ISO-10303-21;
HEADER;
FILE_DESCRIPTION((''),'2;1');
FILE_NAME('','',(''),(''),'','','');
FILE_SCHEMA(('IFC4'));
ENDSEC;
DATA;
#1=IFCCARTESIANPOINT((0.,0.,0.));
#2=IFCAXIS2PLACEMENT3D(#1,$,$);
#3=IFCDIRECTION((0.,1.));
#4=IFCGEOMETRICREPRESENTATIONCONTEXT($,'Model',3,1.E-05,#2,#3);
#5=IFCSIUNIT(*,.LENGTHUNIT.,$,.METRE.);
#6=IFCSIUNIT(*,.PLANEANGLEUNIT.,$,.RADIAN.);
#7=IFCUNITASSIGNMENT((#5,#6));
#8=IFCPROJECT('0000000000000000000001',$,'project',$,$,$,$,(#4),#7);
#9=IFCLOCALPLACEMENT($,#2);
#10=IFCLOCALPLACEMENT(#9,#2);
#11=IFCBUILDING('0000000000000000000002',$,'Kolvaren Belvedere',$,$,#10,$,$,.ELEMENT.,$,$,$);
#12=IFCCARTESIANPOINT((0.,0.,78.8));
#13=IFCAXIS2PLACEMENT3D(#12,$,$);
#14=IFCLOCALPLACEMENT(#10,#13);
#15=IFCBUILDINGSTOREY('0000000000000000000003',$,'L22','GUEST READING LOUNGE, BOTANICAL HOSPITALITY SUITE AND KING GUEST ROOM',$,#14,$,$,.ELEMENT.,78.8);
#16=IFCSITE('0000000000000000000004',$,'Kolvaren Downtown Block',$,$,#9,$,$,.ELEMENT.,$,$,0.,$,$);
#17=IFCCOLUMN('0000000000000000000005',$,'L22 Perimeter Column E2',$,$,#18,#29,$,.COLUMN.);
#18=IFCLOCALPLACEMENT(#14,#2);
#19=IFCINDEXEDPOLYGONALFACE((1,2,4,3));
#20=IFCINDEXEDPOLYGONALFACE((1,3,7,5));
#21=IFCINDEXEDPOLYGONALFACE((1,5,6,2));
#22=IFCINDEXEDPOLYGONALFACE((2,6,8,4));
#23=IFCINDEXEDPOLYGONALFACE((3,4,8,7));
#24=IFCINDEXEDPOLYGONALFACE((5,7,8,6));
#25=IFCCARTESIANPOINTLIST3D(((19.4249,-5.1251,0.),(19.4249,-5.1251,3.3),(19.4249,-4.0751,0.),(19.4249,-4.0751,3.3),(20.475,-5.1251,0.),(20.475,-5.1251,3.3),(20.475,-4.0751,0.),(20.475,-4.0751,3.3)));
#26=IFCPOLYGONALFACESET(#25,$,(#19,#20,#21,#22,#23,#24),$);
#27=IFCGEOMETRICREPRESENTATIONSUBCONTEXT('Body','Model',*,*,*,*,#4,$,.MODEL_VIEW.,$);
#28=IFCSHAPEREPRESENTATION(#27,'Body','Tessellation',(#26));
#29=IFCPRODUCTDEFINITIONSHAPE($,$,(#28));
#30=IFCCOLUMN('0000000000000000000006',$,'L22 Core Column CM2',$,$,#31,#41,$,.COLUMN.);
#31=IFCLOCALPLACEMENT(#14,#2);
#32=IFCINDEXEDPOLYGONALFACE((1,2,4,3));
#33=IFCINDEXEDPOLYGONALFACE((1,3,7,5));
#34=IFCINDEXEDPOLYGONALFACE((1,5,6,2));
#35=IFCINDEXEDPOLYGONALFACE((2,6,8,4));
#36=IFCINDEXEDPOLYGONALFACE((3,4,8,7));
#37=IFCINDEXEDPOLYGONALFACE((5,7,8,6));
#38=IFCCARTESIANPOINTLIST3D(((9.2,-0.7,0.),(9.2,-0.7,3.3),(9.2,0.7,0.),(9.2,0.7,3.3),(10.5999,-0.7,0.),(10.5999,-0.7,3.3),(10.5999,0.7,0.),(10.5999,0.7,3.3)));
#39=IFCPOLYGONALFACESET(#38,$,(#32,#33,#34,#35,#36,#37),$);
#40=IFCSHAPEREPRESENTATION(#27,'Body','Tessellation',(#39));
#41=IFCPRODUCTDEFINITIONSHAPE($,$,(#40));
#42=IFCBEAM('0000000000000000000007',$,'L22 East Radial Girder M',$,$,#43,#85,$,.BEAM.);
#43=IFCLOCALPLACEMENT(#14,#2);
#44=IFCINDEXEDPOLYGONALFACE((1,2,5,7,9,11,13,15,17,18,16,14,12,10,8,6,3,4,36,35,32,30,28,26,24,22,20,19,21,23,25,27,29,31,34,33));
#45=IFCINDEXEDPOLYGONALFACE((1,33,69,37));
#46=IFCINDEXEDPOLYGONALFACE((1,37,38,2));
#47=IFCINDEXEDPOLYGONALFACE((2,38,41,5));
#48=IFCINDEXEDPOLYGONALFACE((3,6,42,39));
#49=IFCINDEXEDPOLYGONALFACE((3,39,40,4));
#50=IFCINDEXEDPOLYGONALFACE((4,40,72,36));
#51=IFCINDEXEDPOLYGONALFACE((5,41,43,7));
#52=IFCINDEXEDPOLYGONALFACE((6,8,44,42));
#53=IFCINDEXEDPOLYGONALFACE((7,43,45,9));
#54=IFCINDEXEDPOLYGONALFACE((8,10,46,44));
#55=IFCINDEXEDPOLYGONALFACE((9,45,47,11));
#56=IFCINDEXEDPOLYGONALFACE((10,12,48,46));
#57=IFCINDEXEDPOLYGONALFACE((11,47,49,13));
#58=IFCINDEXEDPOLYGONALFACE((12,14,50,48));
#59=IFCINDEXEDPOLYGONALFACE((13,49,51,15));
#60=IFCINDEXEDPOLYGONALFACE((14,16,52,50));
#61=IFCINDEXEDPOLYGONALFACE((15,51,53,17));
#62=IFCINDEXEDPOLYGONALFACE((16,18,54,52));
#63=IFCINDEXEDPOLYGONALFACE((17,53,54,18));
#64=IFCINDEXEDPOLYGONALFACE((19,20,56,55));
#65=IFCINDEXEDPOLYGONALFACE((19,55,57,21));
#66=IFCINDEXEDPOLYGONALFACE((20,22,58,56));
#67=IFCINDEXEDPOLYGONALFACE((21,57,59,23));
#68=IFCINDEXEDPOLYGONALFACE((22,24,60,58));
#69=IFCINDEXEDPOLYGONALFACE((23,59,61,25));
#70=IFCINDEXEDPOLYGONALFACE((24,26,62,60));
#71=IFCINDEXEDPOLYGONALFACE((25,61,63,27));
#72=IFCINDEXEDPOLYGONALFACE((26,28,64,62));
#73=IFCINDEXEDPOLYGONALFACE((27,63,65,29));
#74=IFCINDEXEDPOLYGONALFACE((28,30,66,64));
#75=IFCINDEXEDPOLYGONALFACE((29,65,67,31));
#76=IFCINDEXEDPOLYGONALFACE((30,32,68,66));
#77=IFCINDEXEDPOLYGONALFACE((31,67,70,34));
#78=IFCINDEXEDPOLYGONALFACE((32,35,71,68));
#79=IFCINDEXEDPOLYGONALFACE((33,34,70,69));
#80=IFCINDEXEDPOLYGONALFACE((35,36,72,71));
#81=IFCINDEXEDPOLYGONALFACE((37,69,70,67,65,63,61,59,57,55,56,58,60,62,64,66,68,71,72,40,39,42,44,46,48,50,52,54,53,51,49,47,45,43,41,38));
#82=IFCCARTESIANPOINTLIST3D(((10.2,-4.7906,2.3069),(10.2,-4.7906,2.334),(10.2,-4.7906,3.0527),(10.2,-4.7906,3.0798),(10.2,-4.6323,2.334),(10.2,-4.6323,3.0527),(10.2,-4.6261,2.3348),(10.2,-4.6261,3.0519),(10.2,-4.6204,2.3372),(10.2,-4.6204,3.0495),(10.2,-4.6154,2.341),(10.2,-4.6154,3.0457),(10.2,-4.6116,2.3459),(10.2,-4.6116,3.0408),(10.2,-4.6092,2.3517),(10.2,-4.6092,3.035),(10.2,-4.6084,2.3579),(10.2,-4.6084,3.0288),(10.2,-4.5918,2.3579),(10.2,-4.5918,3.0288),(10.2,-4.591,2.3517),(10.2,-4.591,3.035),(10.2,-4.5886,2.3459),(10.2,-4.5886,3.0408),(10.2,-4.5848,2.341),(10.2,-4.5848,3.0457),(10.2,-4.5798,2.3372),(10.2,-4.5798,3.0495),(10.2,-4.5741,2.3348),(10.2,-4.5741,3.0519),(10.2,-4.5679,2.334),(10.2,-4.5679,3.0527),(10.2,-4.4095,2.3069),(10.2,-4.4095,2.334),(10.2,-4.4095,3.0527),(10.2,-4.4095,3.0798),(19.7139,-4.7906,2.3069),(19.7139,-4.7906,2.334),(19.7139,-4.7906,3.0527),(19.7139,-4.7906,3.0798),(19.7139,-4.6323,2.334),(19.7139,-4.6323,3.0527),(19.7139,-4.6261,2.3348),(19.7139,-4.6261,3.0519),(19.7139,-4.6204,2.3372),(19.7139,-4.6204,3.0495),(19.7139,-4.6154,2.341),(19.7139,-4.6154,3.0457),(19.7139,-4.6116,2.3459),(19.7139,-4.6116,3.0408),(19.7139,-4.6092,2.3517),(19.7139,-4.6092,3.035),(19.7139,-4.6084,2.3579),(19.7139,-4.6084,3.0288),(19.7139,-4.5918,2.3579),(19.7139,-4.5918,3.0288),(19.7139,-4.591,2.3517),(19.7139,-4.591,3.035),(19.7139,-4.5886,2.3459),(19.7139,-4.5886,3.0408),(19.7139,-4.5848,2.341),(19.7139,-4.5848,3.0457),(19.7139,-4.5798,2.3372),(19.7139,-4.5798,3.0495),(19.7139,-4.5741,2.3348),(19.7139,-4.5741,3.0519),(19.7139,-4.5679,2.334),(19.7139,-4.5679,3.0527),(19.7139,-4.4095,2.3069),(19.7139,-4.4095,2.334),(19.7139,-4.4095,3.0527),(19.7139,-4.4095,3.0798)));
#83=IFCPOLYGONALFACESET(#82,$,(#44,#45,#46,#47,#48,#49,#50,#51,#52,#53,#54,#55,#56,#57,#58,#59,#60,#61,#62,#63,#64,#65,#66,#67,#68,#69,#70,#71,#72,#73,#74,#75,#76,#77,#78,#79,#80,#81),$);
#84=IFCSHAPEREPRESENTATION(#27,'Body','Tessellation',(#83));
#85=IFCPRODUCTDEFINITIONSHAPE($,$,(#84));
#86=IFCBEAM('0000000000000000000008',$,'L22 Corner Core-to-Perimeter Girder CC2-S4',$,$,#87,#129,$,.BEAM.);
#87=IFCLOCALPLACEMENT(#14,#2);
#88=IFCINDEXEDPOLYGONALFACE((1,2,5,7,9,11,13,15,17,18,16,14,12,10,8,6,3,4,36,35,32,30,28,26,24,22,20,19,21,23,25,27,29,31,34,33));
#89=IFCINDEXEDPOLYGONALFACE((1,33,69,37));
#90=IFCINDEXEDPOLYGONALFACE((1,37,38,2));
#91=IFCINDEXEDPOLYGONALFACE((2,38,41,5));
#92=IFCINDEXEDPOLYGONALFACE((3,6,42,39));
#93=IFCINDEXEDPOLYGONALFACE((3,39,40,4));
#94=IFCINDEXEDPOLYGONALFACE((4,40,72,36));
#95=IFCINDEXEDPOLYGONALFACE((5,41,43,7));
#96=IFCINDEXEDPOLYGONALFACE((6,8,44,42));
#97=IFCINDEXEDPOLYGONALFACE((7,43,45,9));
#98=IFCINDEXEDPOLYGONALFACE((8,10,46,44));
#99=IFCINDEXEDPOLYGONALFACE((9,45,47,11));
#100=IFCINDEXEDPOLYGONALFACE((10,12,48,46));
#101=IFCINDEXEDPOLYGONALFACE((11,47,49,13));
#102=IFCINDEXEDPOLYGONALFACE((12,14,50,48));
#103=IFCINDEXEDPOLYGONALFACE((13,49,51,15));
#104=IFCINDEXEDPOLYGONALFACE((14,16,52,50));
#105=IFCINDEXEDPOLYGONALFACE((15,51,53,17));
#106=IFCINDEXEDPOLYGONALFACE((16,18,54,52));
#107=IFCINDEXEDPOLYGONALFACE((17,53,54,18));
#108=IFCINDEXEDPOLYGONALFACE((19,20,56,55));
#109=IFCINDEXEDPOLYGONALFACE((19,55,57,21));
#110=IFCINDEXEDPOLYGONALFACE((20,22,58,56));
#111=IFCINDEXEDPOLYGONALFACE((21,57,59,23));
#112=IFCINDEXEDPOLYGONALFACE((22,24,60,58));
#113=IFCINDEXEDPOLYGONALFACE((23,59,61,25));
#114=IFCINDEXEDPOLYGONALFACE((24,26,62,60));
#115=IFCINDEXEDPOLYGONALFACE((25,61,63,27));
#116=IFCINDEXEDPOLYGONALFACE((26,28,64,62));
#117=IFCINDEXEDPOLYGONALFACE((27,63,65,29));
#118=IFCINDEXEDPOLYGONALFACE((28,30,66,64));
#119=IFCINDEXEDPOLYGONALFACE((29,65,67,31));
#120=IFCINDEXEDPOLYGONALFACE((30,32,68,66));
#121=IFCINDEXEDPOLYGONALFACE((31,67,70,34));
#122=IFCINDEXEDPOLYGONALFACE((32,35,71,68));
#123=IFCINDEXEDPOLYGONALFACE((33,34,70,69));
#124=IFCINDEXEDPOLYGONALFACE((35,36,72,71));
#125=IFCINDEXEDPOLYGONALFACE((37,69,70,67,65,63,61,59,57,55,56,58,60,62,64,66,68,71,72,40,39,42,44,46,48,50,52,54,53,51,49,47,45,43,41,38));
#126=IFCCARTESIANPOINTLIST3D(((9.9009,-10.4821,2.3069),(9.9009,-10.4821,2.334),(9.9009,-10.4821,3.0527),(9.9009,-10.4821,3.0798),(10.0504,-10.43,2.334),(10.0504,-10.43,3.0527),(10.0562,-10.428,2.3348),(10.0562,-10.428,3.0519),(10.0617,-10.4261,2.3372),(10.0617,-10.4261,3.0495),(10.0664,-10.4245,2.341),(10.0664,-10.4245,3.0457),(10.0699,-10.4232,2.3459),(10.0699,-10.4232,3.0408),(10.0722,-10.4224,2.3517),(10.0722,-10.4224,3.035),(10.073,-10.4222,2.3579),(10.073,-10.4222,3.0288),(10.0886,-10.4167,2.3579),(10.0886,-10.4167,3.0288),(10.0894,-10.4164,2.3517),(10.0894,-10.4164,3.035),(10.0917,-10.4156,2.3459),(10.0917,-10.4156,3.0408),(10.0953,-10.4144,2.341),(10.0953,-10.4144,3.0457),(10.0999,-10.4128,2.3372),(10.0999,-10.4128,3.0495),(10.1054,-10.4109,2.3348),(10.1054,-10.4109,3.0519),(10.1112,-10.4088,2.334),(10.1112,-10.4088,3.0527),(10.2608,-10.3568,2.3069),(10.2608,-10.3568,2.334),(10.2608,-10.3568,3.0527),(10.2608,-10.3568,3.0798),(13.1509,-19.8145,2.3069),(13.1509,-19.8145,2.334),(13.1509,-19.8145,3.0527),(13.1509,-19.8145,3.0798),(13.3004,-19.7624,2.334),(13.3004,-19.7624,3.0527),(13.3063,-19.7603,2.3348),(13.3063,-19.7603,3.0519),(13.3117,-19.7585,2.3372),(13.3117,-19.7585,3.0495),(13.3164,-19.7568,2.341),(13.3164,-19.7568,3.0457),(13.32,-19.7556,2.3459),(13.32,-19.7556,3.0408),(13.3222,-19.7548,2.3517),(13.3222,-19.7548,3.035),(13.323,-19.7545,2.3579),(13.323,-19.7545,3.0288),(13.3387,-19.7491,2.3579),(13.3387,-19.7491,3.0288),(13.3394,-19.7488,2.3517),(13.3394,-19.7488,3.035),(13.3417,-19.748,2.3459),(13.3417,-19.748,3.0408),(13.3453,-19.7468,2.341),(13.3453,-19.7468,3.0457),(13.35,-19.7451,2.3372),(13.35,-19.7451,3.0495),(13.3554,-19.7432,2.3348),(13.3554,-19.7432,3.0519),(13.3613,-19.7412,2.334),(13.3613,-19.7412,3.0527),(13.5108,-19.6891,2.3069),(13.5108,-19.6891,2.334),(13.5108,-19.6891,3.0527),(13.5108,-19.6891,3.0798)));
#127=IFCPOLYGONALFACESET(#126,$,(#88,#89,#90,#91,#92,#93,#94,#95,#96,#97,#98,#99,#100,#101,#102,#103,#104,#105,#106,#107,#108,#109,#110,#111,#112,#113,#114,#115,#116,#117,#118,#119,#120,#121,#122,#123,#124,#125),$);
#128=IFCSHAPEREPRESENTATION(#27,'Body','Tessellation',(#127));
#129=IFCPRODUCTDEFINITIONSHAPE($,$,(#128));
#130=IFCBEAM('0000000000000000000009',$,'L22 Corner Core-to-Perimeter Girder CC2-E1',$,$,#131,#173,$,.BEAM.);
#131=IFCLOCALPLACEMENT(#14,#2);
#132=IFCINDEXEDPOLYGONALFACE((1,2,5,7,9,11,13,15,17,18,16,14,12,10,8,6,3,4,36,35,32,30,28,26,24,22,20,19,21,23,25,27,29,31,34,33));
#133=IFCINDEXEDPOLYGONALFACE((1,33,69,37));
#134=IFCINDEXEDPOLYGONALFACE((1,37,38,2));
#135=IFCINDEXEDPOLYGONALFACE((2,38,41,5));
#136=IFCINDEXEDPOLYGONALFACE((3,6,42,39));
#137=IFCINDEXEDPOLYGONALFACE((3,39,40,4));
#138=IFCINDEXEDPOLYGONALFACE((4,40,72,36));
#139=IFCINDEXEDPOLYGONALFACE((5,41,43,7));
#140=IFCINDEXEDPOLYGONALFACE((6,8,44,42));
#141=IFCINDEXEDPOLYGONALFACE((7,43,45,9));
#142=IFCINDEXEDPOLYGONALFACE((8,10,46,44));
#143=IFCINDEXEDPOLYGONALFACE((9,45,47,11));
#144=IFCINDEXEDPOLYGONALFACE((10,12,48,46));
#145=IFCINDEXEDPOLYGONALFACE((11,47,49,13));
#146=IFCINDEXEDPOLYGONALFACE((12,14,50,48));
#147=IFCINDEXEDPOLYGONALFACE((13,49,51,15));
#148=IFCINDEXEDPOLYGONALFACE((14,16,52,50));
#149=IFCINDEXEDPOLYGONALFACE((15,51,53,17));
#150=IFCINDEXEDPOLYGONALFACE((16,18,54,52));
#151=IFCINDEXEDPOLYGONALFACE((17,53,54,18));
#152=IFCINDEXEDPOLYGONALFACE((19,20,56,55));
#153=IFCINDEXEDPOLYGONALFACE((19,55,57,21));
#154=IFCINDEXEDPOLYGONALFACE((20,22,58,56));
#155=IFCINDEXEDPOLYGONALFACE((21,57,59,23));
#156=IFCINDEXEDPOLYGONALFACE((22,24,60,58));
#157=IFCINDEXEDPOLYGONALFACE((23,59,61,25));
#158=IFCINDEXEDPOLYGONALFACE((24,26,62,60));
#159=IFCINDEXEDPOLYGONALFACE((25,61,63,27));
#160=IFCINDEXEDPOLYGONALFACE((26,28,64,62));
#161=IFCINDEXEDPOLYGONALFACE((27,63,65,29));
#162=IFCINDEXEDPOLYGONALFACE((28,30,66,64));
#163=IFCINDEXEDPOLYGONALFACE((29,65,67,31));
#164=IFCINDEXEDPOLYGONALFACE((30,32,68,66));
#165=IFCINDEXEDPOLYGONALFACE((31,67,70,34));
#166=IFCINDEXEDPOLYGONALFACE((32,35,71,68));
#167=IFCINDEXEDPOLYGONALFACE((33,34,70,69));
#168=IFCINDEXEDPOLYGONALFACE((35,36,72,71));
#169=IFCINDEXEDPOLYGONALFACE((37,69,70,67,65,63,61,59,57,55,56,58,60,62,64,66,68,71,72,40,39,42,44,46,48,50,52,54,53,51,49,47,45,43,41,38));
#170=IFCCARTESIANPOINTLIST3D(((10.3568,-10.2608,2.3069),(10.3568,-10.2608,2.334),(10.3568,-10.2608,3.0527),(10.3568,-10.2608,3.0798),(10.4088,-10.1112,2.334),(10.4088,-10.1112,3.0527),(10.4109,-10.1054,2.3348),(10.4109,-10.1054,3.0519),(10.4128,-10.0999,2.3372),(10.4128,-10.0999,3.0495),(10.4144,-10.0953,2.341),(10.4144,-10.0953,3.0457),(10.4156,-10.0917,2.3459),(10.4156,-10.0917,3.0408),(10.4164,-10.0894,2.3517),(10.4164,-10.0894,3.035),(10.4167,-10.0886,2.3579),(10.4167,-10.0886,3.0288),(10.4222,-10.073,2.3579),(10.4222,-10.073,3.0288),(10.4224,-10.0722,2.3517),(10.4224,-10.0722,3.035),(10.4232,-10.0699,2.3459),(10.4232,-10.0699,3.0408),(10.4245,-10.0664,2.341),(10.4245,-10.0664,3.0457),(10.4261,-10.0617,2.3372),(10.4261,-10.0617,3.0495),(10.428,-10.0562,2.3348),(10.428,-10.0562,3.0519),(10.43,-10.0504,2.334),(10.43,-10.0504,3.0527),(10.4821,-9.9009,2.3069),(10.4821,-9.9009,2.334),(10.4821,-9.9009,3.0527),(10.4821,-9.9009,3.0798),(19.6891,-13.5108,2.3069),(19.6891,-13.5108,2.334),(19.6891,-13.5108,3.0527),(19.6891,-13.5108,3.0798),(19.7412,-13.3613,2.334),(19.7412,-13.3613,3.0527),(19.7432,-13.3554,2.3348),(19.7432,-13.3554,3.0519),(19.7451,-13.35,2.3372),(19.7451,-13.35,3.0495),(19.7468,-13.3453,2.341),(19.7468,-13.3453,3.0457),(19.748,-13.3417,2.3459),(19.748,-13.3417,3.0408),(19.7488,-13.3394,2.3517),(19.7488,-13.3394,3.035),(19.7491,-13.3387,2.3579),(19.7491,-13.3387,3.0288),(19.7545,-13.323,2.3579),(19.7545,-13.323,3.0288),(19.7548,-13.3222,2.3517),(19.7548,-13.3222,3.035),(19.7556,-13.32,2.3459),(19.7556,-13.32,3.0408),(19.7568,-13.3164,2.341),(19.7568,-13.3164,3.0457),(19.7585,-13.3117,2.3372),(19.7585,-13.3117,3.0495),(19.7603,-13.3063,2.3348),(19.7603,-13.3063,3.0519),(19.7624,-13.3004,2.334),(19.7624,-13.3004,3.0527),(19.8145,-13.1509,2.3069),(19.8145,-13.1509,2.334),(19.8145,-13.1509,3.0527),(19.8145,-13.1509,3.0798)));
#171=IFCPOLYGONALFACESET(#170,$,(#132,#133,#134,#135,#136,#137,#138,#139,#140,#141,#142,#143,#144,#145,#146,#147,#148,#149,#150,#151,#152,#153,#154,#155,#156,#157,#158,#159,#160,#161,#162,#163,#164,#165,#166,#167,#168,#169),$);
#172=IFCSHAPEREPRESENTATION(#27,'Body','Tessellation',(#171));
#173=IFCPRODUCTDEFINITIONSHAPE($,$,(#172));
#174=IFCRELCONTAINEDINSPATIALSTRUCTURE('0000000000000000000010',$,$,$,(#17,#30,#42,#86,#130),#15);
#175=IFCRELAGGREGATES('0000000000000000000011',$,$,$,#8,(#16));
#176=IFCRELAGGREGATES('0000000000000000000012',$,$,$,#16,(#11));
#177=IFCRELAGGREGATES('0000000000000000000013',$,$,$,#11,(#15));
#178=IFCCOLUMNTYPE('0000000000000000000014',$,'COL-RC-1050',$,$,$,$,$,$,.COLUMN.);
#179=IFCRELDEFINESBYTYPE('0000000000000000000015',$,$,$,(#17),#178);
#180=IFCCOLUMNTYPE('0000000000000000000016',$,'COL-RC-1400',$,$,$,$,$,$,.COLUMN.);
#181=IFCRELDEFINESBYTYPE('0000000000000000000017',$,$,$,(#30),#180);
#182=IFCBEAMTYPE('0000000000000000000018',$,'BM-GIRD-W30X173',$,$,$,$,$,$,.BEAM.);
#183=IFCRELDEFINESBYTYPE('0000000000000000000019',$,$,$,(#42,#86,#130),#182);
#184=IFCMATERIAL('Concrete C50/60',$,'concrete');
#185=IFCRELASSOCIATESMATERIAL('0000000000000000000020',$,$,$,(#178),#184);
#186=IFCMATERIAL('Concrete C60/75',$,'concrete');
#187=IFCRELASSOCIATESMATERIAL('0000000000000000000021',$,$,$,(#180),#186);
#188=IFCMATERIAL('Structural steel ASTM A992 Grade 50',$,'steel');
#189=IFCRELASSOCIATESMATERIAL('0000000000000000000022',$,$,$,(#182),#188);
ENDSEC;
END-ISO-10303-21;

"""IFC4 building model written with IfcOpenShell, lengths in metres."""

from ifc_helpers import new_model, si_unit, direction, frame, origin, origin_2d, place, context, subcontext, project, spatial, rectangle, i_section, extrude, material, material_profile, profile_set, type_object, element, save


model = new_model("IFC4")

# Units and contexts
model_context = context("Model", 3, precision=1e-05, world=origin(), true_north=direction((0.0, 1.0)))
body_context = subcontext(model_context, "Body", "Model", "MODEL_VIEW")
ifc_project = project(units=[si_unit("LENGTHUNIT", "METRE"), si_unit("PLANEANGLEUNIT", "RADIAN")], contexts=[model_context])

# Site, building, storey
site_placement = place(None, origin())
site = spatial("IfcSite", under=ifc_project, at=site_placement, Name="Kolvaren Downtown Block", CompositionType="ELEMENT", RefElevation=0.0)
building_placement = place(site_placement, origin())
building = spatial("IfcBuilding", under=site, at=building_placement, Name="Kolvaren Belvedere", CompositionType="ELEMENT")
storey_placement = place(building_placement, frame((0.0, 0.0, 78.8)))
storey = spatial("IfcBuildingStorey", under=building, at=storey_placement, Name="L22", Description="GUEST READING LOUNGE, BOTANICAL HOSPITALITY SUITE AND KING GUEST ROOM", CompositionType="ELEMENT", Elevation=78.8)

# Columns
ifc_material_1 = material(Name="Concrete C50/60", Category="concrete")
ifc_material_profile_1 = material_profile(ifc_material_1, rectangle(XDim=1.05, YDim=1.05, at=origin_2d()), Name="RC 1050X1050")
ifc_profile_set_1 = profile_set([ifc_material_profile_1], Name="Concrete C50/60")
column_type_1 = type_object("IfcColumnType", Name="COL-RC-1050", PredefinedType="COLUMN", material=ifc_profile_set_1)
column_1_placement = place(storey_placement, frame((19.95, -4.6001, 0.0), z_axis=(0.0, 0.0, 1.0), x_axis=(1.0, 0.0, 0.0)))
element("IfcColumn", 1, at=column_1_placement, inside=storey, type_object=column_type_1, Name="L22 Perimeter Column E2", PredefinedType="COLUMN", context=body_context, shape_type="SweptSolid", body=[
    extrude(rectangle(XDim=1.05, YDim=1.05, at=origin_2d()), origin(), (0.0, 0.0, 1.0), 3.3),
])
ifc_material_2 = material(Name="Concrete C60/75", Category="concrete")
ifc_material_profile_2 = material_profile(ifc_material_2, rectangle(XDim=1.3999, YDim=1.3999, at=origin_2d()), Name="RC 1400X1400")
ifc_profile_set_2 = profile_set([ifc_material_profile_2], Name="Concrete C60/75")
column_type_2 = type_object("IfcColumnType", Name="COL-RC-1400", PredefinedType="COLUMN", material=ifc_profile_set_2)
column_2_placement = place(storey_placement, frame((9.8999, 0.0, 0.0), z_axis=(0.0, 0.0, 1.0), x_axis=(1.0, 0.0, 0.0)))
element("IfcColumn", 2, at=column_2_placement, inside=storey, type_object=column_type_2, Name="L22 Core Column CM2", PredefinedType="COLUMN", context=body_context, shape_type="SweptSolid", body=[
    extrude(rectangle(XDim=1.3999, YDim=1.3999, at=origin_2d()), origin(), (0.0, 0.0, 1.0), 3.3),
])

# Beams
ifc_material_3 = material(Name="Structural steel ASTM A992 Grade 50", Category="steel")
ifc_material_profile_3 = material_profile(ifc_material_3, i_section(OverallWidth=0.3811, OverallDepth=0.7729, WebThickness=0.0166, FlangeThickness=0.0271, FilletRadius=0.0239, at=origin_2d()), Name="W30X173")
ifc_profile_set_3 = profile_set([ifc_material_profile_3], Name="Structural steel ASTM A992 Grade 50")
beam_type_1 = type_object("IfcBeamType", Name="BM-GIRD-W30X173", PredefinedType="BEAM", material=ifc_profile_set_3)
beam_1_placement = place(storey_placement, frame((10.2, -4.6001, 2.6934), z_axis=(1.0, 0.0, 0.0), x_axis=(0.0, 1.0, 0.0)))
element("IfcBeam", 3, at=beam_1_placement, inside=storey, type_object=beam_type_1, Name="L22 East Radial Girder M", PredefinedType="BEAM", context=body_context, shape_type="SweptSolid", body=[
    extrude(i_section(OverallWidth=0.3811, OverallDepth=0.7729, WebThickness=0.0166, FlangeThickness=0.0271, FilletRadius=0.0239, at=origin_2d()), origin(), (0.0, 0.0, 1.0), 9.5139),
])
for number, where, z_axis, x_axis, name in (
    (4, (10.0808, -10.4194, 2.6934), (0.328881, -0.944371, 0.0), (0.944371, 0.328881, 0.0), "L22 Corner Core-to-Perimeter Girder CC2-S4"),
    (5, (10.4194, -10.0808, 2.6934), (0.944371, -0.328881, 0.0), (0.328881, 0.944371, 0.0), "L22 Corner Core-to-Perimeter Girder CC2-E1"),
):
    element("IfcBeam", number, at=place(storey_placement, frame(where, z_axis=z_axis, x_axis=x_axis)), inside=storey, type_object=beam_type_1, Name=name, PredefinedType="BEAM", context=body_context, shape_type="SweptSolid", body=[
        extrude(i_section(OverallWidth=0.3811, OverallDepth=0.7729, WebThickness=0.0166, FlangeThickness=0.0271, FilletRadius=0.0239, at=origin_2d()), origin(), (0.0, 0.0, 1.0), 9.8821),
    ])

save(model, "model.ifc")
